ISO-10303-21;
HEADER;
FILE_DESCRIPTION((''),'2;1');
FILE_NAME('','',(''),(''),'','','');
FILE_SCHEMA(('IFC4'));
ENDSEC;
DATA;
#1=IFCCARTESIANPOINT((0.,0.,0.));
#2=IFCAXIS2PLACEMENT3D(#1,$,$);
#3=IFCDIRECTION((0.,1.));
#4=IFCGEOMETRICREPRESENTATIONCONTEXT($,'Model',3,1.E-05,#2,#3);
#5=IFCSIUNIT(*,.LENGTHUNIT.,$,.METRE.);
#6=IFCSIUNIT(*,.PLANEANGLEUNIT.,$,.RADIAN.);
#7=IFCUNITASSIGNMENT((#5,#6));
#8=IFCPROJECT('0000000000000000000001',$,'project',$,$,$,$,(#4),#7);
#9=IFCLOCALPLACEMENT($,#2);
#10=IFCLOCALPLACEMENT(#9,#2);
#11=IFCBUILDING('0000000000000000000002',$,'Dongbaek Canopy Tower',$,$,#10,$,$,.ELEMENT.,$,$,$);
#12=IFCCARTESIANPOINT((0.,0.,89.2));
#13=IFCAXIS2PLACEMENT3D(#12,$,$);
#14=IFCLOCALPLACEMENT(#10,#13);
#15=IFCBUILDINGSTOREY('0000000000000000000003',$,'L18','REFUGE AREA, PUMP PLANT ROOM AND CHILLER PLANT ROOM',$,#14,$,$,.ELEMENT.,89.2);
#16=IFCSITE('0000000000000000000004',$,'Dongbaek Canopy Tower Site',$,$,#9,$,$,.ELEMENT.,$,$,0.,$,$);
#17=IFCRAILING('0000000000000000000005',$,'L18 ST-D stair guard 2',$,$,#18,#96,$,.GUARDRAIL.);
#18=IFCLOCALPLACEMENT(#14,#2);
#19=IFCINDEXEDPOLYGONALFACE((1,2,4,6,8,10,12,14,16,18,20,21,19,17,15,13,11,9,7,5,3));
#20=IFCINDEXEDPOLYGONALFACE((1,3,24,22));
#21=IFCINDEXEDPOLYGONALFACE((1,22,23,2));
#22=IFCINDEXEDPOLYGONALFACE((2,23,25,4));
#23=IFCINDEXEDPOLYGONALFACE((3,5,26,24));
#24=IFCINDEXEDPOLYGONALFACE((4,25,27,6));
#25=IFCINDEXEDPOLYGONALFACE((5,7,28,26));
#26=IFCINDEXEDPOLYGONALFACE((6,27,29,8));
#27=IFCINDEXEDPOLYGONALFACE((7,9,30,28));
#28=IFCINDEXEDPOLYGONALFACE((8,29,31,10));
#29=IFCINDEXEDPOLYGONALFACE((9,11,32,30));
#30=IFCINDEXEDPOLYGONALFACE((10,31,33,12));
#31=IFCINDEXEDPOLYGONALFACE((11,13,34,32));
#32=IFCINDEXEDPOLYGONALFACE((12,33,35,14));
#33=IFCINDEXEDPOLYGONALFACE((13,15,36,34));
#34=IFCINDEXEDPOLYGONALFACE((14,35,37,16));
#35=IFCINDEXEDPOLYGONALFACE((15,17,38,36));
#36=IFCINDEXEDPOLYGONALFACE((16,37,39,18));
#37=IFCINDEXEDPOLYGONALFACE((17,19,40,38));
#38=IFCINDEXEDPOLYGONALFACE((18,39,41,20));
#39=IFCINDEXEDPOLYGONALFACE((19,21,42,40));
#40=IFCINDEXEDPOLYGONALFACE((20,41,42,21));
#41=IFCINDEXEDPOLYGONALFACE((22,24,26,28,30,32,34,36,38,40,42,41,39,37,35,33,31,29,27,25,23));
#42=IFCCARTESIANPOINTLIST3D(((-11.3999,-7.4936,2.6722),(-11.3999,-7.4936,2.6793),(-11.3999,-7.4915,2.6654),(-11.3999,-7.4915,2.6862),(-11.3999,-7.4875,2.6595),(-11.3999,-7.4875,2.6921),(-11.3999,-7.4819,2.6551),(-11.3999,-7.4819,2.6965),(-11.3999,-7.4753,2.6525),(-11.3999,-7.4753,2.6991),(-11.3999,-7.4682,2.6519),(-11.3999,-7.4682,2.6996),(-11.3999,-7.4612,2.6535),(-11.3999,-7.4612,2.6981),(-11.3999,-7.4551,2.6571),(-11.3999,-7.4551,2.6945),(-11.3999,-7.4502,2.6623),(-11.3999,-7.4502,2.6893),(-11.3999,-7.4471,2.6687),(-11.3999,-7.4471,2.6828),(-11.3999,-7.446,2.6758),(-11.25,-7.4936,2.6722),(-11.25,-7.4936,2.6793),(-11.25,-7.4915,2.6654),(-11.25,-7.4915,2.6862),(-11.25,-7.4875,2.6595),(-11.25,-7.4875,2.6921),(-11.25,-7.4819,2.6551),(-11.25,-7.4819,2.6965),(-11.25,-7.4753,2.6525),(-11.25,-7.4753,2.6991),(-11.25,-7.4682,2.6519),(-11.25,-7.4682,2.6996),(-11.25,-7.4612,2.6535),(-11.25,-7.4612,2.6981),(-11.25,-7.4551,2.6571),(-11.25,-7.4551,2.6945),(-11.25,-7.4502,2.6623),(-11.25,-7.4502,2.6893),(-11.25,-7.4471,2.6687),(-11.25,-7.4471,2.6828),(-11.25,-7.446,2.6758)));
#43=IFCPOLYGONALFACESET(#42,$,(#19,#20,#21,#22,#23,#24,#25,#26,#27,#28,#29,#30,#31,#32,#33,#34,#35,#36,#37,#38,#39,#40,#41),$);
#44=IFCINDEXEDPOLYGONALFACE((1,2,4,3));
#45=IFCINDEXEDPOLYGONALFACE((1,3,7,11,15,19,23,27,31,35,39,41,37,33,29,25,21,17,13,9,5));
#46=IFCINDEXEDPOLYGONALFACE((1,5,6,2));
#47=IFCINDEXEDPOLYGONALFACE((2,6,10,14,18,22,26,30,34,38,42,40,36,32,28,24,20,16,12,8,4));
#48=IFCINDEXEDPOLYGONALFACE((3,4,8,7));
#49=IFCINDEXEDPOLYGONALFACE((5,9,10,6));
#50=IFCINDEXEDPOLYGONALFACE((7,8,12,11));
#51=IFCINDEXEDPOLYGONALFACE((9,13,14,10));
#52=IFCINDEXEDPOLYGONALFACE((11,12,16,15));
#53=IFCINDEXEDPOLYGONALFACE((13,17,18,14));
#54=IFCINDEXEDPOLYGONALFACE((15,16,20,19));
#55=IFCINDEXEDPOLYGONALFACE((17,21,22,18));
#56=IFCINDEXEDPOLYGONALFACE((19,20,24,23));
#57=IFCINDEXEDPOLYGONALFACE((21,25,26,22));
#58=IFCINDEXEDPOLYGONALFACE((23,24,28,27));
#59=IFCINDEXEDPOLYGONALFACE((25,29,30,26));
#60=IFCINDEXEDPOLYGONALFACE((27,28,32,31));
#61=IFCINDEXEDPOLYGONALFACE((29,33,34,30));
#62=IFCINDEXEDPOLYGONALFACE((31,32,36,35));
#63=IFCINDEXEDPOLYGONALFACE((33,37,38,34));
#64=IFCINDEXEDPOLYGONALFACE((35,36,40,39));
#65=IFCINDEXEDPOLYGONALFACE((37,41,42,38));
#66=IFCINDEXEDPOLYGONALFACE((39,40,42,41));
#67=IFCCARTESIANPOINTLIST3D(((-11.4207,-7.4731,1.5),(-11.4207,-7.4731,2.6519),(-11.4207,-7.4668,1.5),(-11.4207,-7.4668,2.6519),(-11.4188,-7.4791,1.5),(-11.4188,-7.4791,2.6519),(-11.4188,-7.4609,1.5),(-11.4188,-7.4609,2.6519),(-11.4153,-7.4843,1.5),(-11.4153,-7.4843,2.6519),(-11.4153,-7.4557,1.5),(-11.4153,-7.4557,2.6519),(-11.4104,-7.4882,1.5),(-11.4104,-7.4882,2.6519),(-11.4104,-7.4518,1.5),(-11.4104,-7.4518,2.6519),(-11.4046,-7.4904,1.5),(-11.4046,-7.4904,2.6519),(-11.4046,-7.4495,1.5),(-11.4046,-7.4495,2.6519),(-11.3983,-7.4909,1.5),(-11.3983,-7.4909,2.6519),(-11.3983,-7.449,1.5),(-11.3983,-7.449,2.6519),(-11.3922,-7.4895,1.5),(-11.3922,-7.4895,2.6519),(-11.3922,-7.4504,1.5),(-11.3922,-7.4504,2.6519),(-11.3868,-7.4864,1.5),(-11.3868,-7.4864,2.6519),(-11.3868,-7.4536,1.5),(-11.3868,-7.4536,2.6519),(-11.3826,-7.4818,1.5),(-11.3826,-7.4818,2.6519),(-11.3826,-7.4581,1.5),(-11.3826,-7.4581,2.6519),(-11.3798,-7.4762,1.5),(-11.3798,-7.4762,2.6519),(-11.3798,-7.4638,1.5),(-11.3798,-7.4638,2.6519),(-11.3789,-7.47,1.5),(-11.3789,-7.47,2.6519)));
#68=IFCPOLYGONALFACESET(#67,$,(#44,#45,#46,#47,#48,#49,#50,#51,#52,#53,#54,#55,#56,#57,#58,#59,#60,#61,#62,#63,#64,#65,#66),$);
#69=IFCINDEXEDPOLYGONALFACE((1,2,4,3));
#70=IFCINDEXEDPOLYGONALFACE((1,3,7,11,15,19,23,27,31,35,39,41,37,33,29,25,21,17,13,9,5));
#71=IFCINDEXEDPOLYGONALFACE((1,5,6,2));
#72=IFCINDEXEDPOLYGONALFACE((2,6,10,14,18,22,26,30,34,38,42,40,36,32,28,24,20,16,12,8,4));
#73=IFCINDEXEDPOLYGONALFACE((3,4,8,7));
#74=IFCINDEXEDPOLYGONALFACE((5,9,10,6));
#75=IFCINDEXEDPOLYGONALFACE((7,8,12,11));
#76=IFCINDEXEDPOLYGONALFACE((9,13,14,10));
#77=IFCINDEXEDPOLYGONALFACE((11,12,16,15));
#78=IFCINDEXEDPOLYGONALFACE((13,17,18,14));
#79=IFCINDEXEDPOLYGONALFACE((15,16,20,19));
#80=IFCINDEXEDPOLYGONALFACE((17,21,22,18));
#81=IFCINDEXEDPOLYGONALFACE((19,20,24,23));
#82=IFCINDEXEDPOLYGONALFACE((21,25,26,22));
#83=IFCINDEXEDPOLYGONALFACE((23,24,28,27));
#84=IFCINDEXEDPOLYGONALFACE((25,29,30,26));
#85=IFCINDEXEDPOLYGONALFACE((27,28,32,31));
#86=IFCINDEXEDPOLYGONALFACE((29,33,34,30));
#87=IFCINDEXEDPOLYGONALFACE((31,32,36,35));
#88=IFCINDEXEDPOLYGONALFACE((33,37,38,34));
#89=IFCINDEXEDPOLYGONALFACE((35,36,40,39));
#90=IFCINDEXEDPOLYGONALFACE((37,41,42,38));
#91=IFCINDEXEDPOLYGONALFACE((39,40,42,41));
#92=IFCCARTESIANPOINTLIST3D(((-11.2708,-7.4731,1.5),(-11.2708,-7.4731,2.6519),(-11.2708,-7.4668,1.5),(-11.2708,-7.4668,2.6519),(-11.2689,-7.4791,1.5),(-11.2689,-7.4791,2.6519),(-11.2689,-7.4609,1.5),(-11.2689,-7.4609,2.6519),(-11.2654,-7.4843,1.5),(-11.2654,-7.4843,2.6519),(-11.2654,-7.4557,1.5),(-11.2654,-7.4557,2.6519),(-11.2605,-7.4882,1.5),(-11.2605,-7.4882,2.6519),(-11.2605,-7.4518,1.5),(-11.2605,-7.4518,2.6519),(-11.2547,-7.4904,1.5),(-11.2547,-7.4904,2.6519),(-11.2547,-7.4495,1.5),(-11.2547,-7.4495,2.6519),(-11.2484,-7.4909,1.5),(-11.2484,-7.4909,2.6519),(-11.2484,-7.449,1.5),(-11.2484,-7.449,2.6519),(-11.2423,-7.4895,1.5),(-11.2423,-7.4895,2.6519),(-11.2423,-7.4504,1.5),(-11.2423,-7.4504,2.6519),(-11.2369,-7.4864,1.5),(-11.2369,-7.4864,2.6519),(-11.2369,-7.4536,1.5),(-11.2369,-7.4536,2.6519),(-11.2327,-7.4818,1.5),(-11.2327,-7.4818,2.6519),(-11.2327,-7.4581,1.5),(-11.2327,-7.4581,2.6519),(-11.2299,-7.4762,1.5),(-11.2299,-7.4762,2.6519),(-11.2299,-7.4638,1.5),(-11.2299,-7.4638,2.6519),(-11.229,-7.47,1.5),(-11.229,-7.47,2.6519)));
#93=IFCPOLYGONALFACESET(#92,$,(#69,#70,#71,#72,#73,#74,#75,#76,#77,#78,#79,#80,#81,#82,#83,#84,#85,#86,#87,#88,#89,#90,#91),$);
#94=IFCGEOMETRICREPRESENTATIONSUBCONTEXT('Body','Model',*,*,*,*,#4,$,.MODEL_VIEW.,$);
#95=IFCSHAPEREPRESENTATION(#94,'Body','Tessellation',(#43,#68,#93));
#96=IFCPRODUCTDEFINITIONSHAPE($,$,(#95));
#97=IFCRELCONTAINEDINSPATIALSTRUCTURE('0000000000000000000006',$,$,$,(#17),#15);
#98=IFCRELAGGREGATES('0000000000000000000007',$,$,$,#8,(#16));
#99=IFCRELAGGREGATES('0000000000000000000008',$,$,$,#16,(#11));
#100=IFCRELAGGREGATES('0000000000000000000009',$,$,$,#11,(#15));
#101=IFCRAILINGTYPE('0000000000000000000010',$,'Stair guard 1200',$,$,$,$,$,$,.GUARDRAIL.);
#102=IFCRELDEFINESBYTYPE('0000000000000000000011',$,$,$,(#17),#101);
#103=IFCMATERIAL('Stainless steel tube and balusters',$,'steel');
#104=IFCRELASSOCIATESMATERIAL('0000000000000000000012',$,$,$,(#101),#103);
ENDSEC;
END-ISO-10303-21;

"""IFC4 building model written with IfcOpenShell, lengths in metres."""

from ifc_helpers import new_model, si_unit, direction, frame, origin, origin_2d, place, context, subcontext, project, spatial, circle, extrude, material, type_object, element, save


model = new_model("IFC4")

# Units and contexts
model_context = context("Model", 3, precision=1e-05, world=origin(), true_north=direction((0.0, 1.0)))
body_context = subcontext(model_context, "Body", "Model", "MODEL_VIEW")
ifc_project = project(units=[si_unit("LENGTHUNIT", "METRE"), si_unit("PLANEANGLEUNIT", "RADIAN")], contexts=[model_context])

# Site, building, storey
site_placement = place(None, origin())
site = spatial("IfcSite", under=ifc_project, at=site_placement, Name="Dongbaek Canopy Tower Site", CompositionType="ELEMENT", RefElevation=0.0)
building_placement = place(site_placement, origin())
building = spatial("IfcBuilding", under=site, at=building_placement, Name="Dongbaek Canopy Tower", CompositionType="ELEMENT")
storey_placement = place(building_placement, frame((0.0, 0.0, 89.2)))
storey = spatial("IfcBuildingStorey", under=building, at=storey_placement, Name="L18", Description="REFUGE AREA, PUMP PLANT ROOM AND CHILLER PLANT ROOM", CompositionType="ELEMENT", Elevation=89.2)

# Railing
ifc_material_1 = material(Name="Stainless steel tube and balusters", Category="steel")
railing_type_1 = type_object("IfcRailingType", Name="Stair guard 1200", PredefinedType="GUARDRAIL", material=ifc_material_1)
railing_1_placement = place(storey_placement, frame((-11.3999, -7.47, 1.5)))
element("IfcRailing", 1, at=railing_1_placement, inside=storey, type_object=railing_type_1, Name="L18 ST-D stair guard 2", PredefinedType="GUARDRAIL", context=body_context, shape_type="SweptSolid", body=[
    extrude(circle(Radius=0.0239, at=origin_2d()), frame((0.0, 0.0, 1.1758), z_axis=(1.0, 0.0, 0.0), x_axis=(0.0, 1.0, 0.0)), (0.0, 0.0, 1.0), 0.1499),
    extrude(circle(Radius=0.021, at=origin_2d()), origin(), (0.0, 0.0, 1.0), 1.1519),
    extrude(circle(Radius=0.021, at=origin_2d()), frame((0.1499, 0.0, 0.0)), (0.0, 0.0, 1.0), 1.1519),
])

save(model, "model.ifc")
